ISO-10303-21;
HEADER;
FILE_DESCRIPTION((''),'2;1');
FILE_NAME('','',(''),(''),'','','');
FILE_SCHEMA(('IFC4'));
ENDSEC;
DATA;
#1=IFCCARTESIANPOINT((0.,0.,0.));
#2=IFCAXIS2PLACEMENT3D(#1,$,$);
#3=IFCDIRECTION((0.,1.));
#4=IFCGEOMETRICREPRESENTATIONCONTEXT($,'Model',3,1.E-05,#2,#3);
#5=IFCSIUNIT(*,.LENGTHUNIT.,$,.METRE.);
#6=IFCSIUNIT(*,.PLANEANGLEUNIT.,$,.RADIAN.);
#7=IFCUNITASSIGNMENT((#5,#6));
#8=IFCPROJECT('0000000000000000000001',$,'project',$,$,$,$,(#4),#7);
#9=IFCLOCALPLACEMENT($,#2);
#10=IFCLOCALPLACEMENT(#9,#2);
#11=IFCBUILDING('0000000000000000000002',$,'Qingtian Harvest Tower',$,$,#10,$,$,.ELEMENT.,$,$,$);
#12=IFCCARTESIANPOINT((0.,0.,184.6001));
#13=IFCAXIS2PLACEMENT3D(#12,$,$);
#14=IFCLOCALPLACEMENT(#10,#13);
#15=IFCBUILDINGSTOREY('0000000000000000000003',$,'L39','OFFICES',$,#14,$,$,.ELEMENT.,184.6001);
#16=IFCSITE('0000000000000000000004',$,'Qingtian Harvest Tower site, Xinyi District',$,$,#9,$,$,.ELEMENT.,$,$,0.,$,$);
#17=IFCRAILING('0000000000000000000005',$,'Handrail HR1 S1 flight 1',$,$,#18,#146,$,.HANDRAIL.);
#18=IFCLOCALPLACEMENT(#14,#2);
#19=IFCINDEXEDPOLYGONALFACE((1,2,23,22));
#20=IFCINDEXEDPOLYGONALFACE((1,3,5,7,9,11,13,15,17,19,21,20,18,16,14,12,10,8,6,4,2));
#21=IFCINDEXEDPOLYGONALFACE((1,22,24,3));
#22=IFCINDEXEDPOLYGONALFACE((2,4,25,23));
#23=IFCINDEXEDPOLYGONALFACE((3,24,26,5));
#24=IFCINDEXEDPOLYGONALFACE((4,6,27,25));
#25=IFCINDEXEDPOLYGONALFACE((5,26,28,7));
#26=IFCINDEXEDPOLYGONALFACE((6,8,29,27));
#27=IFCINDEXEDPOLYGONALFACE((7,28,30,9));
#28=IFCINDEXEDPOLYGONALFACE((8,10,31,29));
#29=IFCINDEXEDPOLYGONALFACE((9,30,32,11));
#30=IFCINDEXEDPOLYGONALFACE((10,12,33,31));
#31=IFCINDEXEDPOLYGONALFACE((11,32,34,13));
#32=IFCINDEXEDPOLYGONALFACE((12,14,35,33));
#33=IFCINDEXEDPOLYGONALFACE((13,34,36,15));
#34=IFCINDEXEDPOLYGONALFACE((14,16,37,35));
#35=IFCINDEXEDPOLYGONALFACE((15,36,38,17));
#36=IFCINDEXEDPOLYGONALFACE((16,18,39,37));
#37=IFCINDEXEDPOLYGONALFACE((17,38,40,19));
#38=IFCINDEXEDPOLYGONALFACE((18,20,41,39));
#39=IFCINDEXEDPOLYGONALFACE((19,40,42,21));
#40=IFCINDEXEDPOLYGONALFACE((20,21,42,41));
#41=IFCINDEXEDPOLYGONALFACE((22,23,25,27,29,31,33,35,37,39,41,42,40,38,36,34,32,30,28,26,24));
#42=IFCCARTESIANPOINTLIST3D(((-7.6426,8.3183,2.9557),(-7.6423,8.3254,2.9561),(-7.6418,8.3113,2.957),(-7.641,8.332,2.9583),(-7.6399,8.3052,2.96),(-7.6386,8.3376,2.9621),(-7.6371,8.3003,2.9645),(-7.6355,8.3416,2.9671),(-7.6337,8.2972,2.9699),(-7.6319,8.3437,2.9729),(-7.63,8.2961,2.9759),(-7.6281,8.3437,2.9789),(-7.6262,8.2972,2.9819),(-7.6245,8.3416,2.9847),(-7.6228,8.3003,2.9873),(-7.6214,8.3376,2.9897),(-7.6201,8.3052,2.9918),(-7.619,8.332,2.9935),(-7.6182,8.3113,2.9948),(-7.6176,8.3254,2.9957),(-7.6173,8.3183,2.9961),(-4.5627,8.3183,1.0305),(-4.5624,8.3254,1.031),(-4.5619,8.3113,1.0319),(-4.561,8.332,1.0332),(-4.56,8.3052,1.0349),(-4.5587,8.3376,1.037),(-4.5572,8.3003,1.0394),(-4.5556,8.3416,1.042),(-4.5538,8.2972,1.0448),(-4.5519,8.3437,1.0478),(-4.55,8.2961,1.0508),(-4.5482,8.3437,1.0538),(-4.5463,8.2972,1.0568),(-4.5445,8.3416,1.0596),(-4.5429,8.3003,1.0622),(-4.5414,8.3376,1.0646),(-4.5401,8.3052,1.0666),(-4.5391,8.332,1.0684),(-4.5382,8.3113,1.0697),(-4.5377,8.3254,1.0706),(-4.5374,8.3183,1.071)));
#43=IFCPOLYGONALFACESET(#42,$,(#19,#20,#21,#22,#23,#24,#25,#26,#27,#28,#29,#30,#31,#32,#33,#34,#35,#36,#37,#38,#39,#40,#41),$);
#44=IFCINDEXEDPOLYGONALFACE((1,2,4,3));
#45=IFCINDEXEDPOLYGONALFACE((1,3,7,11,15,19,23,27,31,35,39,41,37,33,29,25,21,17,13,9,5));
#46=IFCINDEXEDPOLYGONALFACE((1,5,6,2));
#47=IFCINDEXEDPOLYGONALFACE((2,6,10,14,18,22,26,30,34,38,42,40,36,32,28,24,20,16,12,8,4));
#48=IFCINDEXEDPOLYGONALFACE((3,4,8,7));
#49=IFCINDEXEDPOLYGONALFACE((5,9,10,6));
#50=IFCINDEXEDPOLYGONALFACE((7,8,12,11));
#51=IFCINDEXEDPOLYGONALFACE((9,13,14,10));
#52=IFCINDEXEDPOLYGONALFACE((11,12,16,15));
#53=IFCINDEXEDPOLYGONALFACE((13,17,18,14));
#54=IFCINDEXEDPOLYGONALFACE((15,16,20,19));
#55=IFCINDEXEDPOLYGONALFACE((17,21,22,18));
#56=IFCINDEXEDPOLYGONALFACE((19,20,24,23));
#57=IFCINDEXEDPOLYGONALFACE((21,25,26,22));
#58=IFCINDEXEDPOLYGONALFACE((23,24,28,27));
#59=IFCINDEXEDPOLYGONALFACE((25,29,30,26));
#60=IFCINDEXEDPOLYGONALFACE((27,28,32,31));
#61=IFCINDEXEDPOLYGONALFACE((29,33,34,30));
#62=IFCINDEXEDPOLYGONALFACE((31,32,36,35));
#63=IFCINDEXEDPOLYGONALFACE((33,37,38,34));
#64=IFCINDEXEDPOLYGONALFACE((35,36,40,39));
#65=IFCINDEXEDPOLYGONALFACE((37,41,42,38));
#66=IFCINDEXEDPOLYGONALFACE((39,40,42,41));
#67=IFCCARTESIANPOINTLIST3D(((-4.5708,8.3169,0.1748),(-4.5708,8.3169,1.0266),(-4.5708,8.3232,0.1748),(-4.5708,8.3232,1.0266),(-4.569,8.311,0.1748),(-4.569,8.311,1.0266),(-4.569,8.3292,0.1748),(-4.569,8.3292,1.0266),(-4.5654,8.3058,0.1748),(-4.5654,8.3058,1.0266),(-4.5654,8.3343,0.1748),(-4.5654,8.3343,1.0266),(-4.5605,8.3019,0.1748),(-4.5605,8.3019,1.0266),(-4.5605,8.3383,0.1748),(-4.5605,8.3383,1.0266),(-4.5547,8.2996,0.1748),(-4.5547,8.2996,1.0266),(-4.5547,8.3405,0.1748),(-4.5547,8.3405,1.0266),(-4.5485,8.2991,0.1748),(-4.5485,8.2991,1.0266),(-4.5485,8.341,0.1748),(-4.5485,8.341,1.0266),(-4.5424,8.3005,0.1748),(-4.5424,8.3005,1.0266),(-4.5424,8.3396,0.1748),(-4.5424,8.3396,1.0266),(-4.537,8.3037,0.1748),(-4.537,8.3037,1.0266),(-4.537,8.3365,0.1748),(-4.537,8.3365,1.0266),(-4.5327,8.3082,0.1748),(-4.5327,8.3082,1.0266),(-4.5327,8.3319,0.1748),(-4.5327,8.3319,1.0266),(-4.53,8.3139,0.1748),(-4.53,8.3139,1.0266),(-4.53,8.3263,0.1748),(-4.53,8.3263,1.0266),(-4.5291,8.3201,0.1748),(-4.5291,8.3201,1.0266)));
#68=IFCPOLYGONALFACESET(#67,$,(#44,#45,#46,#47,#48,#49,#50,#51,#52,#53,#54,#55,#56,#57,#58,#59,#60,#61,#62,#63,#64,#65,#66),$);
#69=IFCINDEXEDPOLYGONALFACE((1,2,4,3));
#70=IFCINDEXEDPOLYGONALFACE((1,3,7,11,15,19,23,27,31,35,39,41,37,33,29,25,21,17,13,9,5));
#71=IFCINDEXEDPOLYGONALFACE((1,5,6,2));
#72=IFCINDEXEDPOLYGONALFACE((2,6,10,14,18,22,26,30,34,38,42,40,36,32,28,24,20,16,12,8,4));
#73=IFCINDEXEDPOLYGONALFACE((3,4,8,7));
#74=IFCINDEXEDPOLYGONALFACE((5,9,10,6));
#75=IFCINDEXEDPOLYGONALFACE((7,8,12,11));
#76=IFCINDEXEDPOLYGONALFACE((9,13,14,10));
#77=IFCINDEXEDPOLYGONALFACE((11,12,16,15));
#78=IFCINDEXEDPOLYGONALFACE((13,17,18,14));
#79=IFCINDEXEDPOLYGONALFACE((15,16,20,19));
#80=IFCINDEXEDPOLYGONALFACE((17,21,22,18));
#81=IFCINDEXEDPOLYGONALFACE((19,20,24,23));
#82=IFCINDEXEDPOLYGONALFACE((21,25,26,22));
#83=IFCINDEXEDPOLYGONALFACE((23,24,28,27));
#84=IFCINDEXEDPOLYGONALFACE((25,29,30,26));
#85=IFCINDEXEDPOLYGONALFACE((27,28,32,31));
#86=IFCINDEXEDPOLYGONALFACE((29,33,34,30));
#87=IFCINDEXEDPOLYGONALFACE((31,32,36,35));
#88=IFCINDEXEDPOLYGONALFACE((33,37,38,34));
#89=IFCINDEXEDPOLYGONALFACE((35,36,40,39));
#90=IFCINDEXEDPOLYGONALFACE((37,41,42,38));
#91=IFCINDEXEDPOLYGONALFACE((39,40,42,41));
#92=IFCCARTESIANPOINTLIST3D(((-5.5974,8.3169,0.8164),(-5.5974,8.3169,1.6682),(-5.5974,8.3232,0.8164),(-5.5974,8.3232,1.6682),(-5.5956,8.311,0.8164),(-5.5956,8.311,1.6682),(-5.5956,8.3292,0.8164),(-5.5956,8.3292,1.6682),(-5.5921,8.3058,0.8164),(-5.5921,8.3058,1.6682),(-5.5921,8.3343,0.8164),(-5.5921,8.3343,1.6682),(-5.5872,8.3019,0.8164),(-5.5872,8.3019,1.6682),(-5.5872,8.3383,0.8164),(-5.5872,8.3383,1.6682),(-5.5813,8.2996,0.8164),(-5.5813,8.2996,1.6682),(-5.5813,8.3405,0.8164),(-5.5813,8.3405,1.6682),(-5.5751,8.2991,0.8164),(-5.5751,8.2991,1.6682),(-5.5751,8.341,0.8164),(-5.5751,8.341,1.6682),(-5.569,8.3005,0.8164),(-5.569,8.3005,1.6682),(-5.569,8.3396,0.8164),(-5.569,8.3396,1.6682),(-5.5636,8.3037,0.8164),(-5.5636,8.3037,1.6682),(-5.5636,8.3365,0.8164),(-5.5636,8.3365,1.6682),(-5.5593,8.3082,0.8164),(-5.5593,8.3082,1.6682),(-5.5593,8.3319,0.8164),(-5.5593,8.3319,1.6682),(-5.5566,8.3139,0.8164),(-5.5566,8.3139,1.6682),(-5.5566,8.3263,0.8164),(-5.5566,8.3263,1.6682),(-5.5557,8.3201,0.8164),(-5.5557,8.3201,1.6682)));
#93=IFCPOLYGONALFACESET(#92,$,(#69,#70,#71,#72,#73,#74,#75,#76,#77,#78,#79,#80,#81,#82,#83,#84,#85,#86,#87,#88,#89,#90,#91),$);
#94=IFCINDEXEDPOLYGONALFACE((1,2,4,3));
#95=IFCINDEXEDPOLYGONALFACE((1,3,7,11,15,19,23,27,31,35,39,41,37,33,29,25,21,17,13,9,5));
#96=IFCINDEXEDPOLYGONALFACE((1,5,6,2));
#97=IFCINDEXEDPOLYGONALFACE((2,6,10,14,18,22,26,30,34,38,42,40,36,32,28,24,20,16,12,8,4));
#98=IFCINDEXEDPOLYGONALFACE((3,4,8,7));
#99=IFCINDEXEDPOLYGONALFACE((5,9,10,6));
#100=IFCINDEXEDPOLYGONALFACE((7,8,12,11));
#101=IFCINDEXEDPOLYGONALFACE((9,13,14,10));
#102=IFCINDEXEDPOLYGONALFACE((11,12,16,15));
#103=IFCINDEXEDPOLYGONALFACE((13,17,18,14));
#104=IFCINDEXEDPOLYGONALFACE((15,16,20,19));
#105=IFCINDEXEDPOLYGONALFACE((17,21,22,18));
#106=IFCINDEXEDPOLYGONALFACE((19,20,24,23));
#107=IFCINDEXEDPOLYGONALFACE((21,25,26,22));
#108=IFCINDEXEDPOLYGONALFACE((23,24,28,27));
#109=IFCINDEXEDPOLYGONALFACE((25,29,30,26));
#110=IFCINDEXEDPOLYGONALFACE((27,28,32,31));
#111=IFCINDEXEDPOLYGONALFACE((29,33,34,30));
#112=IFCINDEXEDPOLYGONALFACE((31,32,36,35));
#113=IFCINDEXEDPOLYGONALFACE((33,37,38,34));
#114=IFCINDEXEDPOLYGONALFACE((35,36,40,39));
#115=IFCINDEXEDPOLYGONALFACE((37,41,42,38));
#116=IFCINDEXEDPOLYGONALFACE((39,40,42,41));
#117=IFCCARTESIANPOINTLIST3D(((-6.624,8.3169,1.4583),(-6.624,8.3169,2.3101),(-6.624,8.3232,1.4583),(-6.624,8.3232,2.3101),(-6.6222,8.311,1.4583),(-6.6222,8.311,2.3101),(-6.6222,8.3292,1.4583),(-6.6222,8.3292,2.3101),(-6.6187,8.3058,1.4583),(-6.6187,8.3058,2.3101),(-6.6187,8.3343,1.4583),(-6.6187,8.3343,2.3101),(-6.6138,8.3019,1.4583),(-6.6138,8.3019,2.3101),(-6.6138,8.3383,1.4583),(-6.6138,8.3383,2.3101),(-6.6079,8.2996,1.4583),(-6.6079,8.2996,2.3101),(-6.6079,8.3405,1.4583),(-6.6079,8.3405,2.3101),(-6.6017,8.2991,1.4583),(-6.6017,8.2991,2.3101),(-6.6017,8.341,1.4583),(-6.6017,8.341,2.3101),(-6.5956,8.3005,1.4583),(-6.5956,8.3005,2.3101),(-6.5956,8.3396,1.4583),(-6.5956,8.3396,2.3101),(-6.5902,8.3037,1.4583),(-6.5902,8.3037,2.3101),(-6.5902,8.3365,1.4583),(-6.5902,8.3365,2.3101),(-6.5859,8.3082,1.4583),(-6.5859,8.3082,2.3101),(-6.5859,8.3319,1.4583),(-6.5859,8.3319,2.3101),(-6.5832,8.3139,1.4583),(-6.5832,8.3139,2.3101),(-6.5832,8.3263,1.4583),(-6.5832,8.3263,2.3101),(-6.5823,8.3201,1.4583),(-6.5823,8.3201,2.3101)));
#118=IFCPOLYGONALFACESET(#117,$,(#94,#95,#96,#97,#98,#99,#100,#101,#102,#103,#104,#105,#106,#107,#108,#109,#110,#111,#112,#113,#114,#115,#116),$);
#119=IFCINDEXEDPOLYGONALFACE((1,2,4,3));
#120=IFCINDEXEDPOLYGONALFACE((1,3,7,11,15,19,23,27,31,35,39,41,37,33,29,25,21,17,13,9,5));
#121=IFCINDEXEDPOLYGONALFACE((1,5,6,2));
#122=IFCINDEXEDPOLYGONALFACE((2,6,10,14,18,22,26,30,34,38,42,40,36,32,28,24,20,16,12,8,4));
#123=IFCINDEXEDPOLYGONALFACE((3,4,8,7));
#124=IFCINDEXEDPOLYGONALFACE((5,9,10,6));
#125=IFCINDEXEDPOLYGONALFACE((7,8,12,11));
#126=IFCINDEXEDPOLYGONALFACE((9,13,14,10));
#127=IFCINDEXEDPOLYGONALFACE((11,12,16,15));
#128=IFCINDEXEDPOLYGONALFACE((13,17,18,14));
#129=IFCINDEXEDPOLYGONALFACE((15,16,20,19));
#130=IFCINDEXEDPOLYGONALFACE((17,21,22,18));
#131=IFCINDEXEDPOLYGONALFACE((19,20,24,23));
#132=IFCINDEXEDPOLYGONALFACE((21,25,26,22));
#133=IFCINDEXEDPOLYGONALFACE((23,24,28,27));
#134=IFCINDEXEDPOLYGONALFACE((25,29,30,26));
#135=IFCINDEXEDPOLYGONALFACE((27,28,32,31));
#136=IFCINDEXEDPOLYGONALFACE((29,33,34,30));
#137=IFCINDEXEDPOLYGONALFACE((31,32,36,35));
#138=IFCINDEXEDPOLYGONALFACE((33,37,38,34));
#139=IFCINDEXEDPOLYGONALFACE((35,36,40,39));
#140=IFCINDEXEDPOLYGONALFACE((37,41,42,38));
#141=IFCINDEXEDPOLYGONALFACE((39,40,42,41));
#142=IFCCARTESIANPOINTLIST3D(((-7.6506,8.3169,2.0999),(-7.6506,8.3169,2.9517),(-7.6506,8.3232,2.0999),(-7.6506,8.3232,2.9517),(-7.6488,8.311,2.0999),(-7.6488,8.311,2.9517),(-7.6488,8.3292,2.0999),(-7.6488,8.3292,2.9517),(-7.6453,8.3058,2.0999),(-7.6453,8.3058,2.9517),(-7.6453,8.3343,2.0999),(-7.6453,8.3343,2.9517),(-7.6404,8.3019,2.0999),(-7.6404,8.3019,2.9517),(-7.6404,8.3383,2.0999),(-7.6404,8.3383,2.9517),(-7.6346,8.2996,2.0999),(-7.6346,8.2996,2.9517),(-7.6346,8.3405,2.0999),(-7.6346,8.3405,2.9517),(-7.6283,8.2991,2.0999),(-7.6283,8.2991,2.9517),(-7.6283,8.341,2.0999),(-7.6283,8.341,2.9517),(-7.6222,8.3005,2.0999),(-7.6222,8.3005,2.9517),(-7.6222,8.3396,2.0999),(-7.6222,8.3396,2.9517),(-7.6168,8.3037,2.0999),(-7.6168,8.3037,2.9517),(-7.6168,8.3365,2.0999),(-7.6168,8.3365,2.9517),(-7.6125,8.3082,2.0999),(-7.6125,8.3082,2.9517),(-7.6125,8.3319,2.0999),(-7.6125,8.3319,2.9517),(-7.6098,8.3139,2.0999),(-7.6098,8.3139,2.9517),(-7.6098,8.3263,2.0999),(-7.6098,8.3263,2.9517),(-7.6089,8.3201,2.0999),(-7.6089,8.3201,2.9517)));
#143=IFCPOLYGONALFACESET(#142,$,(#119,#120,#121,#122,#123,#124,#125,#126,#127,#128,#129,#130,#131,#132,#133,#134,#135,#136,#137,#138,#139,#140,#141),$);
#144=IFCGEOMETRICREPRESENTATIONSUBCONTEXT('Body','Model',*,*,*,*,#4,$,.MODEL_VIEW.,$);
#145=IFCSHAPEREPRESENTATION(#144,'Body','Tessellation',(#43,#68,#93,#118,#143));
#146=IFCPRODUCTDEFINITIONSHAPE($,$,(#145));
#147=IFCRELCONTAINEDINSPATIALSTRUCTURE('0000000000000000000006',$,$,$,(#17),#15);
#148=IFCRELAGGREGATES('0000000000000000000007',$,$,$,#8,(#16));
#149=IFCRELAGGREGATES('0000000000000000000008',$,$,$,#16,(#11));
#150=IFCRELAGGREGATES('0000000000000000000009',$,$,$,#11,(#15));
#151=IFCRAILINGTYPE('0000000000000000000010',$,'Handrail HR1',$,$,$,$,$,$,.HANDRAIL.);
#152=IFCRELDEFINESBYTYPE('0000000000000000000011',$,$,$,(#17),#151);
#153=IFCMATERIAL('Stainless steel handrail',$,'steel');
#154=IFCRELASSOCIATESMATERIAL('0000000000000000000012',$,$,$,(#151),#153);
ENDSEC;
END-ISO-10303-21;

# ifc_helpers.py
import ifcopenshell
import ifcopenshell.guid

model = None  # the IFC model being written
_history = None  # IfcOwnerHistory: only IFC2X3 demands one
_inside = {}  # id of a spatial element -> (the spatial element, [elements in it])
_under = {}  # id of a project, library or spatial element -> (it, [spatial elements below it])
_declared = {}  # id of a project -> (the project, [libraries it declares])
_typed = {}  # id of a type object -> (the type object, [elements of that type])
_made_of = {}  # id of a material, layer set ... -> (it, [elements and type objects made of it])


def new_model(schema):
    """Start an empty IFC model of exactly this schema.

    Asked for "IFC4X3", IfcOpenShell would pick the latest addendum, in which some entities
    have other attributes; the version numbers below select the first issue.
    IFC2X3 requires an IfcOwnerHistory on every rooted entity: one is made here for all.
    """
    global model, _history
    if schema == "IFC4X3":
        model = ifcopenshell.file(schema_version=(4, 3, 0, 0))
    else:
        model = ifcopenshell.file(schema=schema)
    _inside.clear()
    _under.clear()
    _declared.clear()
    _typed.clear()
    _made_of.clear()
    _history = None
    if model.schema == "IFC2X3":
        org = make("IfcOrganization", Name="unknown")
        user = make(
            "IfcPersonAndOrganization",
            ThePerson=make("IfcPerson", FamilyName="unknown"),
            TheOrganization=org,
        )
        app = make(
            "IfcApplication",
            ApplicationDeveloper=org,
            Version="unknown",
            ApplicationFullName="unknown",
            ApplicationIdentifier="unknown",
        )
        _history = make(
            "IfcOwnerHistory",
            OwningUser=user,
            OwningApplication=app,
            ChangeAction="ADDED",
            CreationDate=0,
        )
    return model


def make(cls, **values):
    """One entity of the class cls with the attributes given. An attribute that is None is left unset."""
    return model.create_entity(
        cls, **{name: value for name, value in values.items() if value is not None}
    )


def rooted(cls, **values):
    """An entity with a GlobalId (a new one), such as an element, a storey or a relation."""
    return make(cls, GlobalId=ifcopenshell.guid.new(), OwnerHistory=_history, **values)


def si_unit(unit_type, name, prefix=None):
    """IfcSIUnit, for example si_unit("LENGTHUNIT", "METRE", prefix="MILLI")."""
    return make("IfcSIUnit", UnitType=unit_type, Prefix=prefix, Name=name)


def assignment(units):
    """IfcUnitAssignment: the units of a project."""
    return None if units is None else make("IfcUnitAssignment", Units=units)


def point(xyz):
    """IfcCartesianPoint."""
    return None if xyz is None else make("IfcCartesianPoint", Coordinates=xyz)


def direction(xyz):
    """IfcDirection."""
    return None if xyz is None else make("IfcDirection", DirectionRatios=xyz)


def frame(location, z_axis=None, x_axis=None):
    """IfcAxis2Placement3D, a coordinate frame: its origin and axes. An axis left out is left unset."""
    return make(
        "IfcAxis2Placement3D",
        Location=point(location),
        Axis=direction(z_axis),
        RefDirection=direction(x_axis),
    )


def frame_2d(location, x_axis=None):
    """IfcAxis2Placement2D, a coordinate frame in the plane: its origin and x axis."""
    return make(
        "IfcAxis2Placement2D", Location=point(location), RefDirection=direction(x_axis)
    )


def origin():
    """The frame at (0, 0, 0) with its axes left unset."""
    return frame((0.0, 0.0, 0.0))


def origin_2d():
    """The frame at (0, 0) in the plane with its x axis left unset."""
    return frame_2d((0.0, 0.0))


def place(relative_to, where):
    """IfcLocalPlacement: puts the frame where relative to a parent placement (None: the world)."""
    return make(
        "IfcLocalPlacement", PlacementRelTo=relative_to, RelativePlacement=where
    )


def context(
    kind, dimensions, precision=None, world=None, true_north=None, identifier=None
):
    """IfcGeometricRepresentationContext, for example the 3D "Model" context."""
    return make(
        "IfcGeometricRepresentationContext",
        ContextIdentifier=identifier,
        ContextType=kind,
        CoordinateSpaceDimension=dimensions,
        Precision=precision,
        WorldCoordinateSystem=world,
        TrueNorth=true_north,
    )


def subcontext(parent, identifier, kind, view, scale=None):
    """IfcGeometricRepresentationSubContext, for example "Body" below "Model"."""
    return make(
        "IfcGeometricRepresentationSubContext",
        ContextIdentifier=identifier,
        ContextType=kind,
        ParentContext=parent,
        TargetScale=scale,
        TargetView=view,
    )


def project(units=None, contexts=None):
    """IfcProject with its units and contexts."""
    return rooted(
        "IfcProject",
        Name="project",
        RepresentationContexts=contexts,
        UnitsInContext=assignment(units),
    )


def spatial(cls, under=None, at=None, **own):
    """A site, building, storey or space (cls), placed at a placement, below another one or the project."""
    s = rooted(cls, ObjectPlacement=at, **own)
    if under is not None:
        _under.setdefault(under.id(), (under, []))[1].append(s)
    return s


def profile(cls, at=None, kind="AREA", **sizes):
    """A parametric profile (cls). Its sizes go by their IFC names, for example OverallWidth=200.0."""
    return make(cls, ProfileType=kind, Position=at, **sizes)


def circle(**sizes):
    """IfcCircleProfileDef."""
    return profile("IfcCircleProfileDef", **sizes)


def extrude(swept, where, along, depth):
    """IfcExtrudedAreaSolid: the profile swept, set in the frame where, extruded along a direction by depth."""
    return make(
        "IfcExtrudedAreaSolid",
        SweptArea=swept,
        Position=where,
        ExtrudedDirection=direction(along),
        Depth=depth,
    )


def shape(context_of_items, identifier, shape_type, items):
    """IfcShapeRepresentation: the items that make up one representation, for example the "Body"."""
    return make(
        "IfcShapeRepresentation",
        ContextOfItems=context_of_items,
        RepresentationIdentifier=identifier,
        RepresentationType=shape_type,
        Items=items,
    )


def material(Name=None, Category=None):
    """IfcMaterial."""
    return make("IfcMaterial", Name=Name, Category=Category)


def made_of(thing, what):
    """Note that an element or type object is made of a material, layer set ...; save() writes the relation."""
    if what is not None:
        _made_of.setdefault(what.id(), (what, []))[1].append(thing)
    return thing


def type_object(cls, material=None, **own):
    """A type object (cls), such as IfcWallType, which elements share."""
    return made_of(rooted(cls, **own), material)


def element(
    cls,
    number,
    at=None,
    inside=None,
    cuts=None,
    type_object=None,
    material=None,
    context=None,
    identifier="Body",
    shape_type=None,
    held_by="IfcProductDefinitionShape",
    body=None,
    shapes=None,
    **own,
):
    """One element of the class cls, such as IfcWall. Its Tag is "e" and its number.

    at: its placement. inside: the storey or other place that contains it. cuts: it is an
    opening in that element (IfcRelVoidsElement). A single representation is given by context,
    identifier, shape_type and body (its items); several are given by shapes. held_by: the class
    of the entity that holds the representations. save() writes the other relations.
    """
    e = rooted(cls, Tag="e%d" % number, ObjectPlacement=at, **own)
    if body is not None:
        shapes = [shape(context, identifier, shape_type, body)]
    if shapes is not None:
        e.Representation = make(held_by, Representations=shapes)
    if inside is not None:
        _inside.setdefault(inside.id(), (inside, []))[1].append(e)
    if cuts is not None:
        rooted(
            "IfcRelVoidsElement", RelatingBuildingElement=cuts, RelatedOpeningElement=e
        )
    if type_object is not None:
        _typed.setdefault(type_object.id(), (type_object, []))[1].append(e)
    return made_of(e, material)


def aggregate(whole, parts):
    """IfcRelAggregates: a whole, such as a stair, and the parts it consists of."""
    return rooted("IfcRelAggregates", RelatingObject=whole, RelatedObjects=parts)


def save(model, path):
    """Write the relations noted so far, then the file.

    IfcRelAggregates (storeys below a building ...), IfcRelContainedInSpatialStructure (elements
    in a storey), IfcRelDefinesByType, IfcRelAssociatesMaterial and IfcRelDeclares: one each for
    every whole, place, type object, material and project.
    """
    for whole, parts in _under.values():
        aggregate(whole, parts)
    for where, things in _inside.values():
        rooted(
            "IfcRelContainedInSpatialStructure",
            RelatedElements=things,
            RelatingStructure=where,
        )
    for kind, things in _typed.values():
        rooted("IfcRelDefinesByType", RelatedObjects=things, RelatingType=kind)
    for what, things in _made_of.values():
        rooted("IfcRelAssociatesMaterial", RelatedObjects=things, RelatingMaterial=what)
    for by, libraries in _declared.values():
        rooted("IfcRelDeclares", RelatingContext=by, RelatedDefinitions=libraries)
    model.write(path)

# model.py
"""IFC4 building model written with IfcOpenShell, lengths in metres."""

from ifc_helpers import new_model, si_unit, direction, frame, origin, origin_2d, place, context, subcontext, project, spatial, circle, extrude, material, type_object, element, save


model = new_model("IFC4")

# Units and contexts
model_context = context("Model", 3, precision=1e-05, world=origin(), true_north=direction((0.0, 1.0)))
body_context = subcontext(model_context, "Body", "Model", "MODEL_VIEW")
ifc_project = project(units=[si_unit("LENGTHUNIT", "METRE"), si_unit("PLANEANGLEUNIT", "RADIAN")], contexts=[model_context])

# Site, building, storey
site_placement = place(None, origin())
site = spatial("IfcSite", under=ifc_project, at=site_placement, Name="Qingtian Harvest Tower site, Xinyi District", CompositionType="ELEMENT", RefElevation=0.0)
building_placement = place(site_placement, origin())
building = spatial("IfcBuilding", under=site, at=building_placement, Name="Qingtian Harvest Tower", CompositionType="ELEMENT")
storey_placement = place(building_placement, frame((0.0, 0.0, 184.6001)))
storey = spatial("IfcBuildingStorey", under=building, at=storey_placement, Name="L39", Description="OFFICES", CompositionType="ELEMENT", Elevation=184.6001)

# Railing
ifc_material_1 = material(Name="Stainless steel handrail", Category="steel")
railing_type = type_object("IfcRailingType", Name="Handrail HR1", PredefinedType="HANDRAIL", material=ifc_material_1)
railing_placement = place(storey_placement, frame((-4.55, 8.3201, 0.1748)))
element("IfcRailing", 1, at=railing_placement, inside=storey, type_object=railing_type, Name="Handrail HR1 S1 flight 1", PredefinedType="HANDRAIL", context=body_context, shape_type="SweptSolid", body=[
    extrude(circle(Radius=0.0239, at=origin_2d()), frame((0.0, 0.0, 0.876), z_axis=(-0.847979, 0.0, 0.530029), x_axis=(0.0, -1.0, 0.0)), (0.0, 0.0, 1.0), 3.6321),
    extrude(circle(Radius=0.021, at=origin_2d()), origin(), (0.0, 0.0, 1.0), 0.8518),
    extrude(circle(Radius=0.021, at=origin_2d()), frame((-1.0266, 0.0, 0.6416)), (0.0, 0.0, 1.0), 0.8518),
    extrude(circle(Radius=0.021, at=origin_2d()), frame((-2.0532, 0.0, 1.2834)), (0.0, 0.0, 1.0), 0.8518),
    extrude(circle(Radius=0.021, at=origin_2d()), frame((-3.0798, 0.0, 1.925)), (0.0, 0.0, 1.0), 0.8518),
])

save(model, "model.ifc")
